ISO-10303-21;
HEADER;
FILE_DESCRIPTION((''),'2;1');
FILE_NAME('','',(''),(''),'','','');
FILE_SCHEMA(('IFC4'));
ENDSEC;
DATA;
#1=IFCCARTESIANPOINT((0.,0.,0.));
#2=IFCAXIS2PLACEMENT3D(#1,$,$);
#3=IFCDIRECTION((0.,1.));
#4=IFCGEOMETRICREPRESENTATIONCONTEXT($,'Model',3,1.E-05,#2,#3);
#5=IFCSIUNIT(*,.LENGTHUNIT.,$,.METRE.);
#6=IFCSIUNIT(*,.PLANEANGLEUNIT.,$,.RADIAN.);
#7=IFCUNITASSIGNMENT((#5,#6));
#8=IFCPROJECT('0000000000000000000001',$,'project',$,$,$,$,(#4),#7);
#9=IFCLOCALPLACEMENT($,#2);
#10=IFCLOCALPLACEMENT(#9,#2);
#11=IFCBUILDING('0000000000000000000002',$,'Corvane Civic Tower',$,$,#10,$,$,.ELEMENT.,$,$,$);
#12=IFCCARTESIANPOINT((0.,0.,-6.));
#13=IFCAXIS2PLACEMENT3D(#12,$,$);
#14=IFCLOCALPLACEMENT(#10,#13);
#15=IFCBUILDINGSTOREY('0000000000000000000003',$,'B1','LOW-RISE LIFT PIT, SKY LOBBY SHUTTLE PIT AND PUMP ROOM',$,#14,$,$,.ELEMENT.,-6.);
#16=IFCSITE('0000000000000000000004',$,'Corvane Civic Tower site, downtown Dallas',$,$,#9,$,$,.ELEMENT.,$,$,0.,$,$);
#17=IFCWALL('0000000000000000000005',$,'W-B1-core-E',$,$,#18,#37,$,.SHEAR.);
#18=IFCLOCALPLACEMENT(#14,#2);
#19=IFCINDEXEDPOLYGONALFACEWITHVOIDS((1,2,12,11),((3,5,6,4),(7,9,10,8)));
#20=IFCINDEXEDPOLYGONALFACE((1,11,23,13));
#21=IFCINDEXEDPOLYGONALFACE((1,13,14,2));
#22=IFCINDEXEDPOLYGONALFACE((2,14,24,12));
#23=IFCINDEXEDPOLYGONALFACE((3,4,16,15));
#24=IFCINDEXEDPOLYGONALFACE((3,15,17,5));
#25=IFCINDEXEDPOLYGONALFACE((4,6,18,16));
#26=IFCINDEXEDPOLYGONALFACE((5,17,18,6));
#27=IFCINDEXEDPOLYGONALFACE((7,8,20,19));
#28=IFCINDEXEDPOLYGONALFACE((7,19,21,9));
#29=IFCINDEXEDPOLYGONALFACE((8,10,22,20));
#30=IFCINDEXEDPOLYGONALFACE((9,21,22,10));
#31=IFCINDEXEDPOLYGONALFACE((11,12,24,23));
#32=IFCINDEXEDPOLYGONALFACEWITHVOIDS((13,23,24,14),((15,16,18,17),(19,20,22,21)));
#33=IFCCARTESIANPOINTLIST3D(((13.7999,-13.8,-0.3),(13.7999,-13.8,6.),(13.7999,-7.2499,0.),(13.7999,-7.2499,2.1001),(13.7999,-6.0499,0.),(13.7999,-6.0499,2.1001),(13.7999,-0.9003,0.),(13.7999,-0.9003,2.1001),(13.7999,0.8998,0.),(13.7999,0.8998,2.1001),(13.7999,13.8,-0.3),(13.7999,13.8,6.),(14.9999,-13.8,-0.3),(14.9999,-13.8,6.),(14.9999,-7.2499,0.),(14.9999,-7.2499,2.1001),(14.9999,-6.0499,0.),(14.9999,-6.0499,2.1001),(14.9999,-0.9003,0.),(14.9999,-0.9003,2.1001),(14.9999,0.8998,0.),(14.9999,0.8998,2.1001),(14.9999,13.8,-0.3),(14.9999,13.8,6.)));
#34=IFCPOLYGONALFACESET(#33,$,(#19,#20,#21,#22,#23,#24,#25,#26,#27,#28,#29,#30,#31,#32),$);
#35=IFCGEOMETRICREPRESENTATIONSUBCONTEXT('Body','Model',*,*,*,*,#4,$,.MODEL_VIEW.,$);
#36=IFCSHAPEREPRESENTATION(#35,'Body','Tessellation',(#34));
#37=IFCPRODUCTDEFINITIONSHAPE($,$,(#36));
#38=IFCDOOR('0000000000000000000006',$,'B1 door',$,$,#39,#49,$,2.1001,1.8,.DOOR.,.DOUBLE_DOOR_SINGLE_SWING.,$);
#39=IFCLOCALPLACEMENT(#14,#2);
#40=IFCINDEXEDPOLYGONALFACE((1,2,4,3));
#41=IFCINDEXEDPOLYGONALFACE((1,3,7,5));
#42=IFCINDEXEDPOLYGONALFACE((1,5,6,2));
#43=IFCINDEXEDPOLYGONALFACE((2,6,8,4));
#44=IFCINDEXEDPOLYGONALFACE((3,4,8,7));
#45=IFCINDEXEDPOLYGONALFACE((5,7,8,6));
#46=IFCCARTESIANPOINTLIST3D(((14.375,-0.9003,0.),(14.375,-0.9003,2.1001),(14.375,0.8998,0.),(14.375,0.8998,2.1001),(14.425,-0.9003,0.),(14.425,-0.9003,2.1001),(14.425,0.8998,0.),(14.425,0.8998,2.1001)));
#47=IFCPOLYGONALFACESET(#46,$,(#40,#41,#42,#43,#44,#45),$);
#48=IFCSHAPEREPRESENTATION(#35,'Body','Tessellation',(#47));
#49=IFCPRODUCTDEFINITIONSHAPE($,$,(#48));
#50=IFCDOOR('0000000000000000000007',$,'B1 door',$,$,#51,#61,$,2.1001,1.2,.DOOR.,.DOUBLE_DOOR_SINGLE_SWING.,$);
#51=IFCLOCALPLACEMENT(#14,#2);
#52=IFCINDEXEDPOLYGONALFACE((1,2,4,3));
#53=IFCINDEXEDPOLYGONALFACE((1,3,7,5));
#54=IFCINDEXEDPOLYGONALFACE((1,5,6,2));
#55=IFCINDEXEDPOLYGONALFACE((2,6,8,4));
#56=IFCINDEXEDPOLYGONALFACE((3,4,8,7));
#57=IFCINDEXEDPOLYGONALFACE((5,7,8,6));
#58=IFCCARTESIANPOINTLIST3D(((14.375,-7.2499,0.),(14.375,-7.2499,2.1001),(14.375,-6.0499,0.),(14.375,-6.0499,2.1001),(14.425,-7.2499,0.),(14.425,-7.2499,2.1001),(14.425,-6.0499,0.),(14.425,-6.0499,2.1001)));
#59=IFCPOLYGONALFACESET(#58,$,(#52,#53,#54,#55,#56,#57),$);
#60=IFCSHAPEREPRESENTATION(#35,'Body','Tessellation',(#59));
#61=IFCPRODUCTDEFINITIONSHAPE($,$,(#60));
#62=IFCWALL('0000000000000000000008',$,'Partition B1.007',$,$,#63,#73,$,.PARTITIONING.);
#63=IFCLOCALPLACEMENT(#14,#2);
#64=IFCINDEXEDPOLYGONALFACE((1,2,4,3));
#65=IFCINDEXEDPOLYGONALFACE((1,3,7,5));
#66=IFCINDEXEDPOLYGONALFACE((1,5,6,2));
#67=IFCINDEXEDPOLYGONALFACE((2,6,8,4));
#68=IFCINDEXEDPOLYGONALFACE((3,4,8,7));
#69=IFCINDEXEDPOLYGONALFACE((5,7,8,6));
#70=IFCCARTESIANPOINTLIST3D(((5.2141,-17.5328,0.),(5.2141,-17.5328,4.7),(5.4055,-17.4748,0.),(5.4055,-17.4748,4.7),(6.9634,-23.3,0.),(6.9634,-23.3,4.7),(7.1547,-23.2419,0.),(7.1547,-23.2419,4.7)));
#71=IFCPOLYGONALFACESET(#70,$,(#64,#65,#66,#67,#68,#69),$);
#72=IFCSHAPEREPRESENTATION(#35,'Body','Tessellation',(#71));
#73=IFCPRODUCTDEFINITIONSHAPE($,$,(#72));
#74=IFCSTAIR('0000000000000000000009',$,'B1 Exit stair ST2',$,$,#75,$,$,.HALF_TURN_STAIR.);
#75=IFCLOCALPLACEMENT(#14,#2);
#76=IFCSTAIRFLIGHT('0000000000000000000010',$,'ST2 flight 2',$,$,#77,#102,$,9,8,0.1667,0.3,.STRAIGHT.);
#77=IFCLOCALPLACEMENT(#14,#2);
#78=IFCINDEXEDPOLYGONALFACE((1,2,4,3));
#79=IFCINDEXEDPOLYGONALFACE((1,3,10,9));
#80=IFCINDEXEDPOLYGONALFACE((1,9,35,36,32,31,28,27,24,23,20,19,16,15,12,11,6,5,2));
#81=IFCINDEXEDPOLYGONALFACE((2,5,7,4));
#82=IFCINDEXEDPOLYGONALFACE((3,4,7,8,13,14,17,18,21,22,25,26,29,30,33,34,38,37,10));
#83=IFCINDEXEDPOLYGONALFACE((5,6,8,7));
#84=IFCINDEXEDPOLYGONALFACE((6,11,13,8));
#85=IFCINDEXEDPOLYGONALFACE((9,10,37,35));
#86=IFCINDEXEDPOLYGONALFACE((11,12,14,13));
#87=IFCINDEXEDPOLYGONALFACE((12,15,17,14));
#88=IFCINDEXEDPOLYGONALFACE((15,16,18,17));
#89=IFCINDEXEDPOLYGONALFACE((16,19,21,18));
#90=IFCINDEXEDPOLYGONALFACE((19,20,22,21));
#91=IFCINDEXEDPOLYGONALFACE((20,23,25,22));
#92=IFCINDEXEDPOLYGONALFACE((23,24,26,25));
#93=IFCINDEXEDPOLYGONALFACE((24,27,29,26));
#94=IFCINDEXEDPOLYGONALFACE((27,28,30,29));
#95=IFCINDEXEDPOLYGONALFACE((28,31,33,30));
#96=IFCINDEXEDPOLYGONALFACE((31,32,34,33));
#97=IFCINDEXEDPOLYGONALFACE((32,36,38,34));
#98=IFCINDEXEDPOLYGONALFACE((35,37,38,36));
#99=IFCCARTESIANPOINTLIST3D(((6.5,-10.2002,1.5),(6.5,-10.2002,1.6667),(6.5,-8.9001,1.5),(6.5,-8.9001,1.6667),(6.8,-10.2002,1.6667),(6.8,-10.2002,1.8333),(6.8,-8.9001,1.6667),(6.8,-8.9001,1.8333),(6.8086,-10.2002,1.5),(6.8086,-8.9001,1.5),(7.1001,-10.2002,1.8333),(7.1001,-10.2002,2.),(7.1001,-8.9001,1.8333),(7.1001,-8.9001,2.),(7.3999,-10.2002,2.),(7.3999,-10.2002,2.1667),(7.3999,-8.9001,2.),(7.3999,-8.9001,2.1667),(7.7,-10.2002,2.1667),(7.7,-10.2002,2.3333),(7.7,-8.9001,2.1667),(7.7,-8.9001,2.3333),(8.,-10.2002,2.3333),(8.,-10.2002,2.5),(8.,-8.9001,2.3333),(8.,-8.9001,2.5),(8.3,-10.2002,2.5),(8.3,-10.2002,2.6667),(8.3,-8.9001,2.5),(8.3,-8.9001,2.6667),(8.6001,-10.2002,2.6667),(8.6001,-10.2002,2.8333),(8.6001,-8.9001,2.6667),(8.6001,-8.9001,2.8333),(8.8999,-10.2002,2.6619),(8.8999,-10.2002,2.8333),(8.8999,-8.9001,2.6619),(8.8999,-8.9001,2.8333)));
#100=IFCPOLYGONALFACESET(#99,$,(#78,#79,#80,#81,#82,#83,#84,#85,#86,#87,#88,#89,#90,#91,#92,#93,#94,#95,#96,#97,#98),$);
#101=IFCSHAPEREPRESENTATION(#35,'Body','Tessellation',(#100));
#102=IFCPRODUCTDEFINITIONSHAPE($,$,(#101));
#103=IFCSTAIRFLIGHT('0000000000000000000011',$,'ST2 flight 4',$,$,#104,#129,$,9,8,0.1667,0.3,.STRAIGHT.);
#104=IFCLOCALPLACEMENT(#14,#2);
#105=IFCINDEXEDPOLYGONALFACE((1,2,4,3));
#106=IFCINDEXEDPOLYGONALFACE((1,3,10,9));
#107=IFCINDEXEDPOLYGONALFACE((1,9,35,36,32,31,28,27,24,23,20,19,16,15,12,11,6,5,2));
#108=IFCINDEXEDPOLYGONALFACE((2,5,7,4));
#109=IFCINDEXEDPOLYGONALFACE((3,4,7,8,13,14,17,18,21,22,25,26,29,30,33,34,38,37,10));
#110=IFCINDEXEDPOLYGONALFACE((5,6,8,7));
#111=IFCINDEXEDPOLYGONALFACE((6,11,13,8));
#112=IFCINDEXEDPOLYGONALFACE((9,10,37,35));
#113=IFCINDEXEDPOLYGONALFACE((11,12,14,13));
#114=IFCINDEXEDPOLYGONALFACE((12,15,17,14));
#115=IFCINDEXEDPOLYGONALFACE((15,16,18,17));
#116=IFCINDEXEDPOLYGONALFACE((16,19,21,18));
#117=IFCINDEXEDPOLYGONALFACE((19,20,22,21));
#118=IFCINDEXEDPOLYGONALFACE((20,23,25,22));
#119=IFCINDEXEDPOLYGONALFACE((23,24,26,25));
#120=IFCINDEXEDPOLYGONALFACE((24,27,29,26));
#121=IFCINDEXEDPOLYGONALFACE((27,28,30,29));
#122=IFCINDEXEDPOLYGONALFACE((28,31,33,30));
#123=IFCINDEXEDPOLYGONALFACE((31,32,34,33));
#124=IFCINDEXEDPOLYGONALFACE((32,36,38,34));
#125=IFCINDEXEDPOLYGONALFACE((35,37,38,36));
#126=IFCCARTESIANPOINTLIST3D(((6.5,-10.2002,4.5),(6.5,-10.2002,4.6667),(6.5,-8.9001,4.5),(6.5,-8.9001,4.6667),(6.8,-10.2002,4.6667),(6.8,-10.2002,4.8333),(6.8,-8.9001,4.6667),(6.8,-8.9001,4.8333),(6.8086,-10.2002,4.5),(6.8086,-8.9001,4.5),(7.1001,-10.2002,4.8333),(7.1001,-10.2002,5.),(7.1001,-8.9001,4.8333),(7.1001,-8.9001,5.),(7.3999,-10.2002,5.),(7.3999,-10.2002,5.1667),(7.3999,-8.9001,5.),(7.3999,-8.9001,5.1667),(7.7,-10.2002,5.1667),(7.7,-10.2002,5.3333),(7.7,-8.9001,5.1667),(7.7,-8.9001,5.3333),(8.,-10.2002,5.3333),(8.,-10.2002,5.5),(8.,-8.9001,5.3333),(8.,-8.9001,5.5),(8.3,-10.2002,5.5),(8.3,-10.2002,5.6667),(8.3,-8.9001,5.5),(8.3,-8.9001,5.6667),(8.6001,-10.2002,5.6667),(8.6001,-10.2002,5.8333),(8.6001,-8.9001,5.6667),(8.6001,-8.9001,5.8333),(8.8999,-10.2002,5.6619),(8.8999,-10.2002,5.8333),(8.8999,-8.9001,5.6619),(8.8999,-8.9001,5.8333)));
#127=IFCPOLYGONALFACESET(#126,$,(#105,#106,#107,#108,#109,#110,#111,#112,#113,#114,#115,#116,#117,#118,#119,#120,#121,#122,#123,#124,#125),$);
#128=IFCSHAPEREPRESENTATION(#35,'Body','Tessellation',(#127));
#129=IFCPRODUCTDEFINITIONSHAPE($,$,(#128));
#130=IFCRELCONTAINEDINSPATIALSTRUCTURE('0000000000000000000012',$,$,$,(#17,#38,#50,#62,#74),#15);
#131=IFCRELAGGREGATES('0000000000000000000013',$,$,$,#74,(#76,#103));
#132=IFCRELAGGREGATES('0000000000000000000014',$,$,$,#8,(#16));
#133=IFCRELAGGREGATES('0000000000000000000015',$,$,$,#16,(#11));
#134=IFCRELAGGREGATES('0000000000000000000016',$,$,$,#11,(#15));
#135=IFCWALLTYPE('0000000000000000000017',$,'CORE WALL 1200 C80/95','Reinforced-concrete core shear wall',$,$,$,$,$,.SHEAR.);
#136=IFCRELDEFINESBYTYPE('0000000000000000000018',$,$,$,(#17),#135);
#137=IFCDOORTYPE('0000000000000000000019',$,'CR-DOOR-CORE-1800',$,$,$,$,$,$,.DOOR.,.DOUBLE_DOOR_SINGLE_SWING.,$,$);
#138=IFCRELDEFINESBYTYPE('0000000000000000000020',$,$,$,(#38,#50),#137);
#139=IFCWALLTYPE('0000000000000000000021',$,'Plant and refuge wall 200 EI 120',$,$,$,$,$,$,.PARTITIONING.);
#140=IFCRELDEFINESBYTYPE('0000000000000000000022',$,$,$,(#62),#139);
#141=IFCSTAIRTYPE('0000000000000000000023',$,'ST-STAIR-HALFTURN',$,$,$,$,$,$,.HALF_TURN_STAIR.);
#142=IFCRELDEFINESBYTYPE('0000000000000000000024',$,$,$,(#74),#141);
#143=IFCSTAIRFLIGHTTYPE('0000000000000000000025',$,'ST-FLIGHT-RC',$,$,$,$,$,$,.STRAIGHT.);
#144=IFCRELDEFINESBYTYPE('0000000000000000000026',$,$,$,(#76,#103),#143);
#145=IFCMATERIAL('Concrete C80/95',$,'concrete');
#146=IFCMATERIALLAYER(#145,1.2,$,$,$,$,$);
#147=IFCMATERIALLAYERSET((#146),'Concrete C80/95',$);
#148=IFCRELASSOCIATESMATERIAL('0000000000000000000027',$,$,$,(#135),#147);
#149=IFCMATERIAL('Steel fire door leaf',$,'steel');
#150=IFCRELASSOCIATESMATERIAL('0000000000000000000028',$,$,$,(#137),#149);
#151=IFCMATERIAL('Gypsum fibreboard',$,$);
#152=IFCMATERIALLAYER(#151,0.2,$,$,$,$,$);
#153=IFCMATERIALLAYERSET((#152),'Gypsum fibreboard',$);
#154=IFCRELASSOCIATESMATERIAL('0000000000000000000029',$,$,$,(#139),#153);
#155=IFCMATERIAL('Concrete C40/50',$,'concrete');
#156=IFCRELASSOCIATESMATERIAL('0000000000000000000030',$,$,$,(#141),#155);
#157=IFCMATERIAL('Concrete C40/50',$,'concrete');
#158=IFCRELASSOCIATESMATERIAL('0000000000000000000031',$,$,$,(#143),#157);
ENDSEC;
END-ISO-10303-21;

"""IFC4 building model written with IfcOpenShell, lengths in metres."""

from ifc_helpers import new_model, si_unit, direction, frame, frame_2d, origin, place, context, subcontext, project, spatial, polyline, rectangle, outline, extrude, material, layer, layer_set, type_object, element, fill, aggregate, save


model = new_model("IFC4")

# Units and contexts
model_context = context("Model", 3, precision=1e-05, world=origin(), true_north=direction((0.0, 1.0)))
body_context = subcontext(model_context, "Body", "Model", "MODEL_VIEW")
ifc_project = project(units=[si_unit("LENGTHUNIT", "METRE"), si_unit("PLANEANGLEUNIT", "RADIAN")], contexts=[model_context])

# Site, building, storey
site_placement = place(None, origin())
site = spatial("IfcSite", under=ifc_project, at=site_placement, Name="Corvane Civic Tower site, downtown Dallas", CompositionType="ELEMENT", RefElevation=0.0)
building_placement = place(site_placement, origin())
building = spatial("IfcBuilding", under=site, at=building_placement, Name="Corvane Civic Tower", CompositionType="ELEMENT")
storey_placement = place(building_placement, frame((0.0, 0.0, -6.0)))
storey = spatial("IfcBuildingStorey", under=building, at=storey_placement, Name="B1", Description="LOW-RISE LIFT PIT, SKY LOBBY SHUTTLE PIT AND PUMP ROOM", CompositionType="ELEMENT", Elevation=-6.0)

# Wall, openings, doors
ifc_material_1 = material(Name="Concrete C80/95", Category="concrete")
ifc_layer_1 = layer(ifc_material_1, 1.2)
ifc_layer_set_1 = layer_set([ifc_layer_1], Name="Concrete C80/95")
wall_type_1 = type_object("IfcWallType", Name="CORE WALL 1200 C80/95", Description="Reinforced-concrete core shear wall", PredefinedType="SHEAR", material=ifc_layer_set_1)
wall_1_placement = place(storey_placement, frame((14.3999, -13.8, -0.3), z_axis=(0.0, 0.0, 1.0), x_axis=(0.0, 1.0, 0.0)))
wall_1 = element("IfcWall", 1, at=wall_1_placement, inside=storey, type_object=wall_type_1, Name="W-B1-core-E", PredefinedType="SHEAR", context=body_context, shape_type="SweptSolid", body=[
    extrude(rectangle(XDim=27.6001, YDim=1.2, at=frame_2d((13.8, 0.0))), origin(), (0.0, 0.0, 1.0), 6.3),
])
opening_1_placement = place(wall_1_placement, frame((12.8999, 0.0, 0.3)))
opening_1 = element("IfcOpeningElement", 2, at=opening_1_placement, cuts=wall_1, PredefinedType="OPENING", context=body_context, shape_type="SweptSolid", body=[
    extrude(rectangle(XDim=1.8, YDim=2.1001, at=frame_2d((0.8999, 1.05))), frame((0.0, 0.6099, 0.0), z_axis=(0.0, -1.0, 0.0), x_axis=(1.0, 0.0, 0.0)), (0.0, 0.0, 1.0), 1.22),
])
opening_2_placement = place(wall_1_placement, frame((6.55, 0.0, 0.3)))
opening_2 = element("IfcOpeningElement", 3, at=opening_2_placement, cuts=wall_1, PredefinedType="OPENING", context=body_context, shape_type="SweptSolid", body=[
    extrude(rectangle(XDim=1.2, YDim=2.1001, at=frame_2d((0.6001, 1.05))), frame((0.0, 0.6099, 0.0), z_axis=(0.0, -1.0, 0.0), x_axis=(1.0, 0.0, 0.0)), (0.0, 0.0, 1.0), 1.22),
])
ifc_material_2 = material(Name="Steel fire door leaf", Category="steel")
door_type = type_object("IfcDoorType", Name="CR-DOOR-CORE-1800", OperationType="DOUBLE_DOOR_SINGLE_SWING", PredefinedType="DOOR", material=ifc_material_2)
door_1_placement = place(opening_1_placement, origin())
door_1 = element("IfcDoor", 4, at=door_1_placement, inside=storey, type_object=door_type, Name="B1 door", OperationType="DOUBLE_DOOR_SINGLE_SWING", OverallHeight=2.1001, OverallWidth=1.8, PredefinedType="DOOR", context=body_context, shape_type="SweptSolid", body=[
    extrude(rectangle(XDim=1.8, YDim=2.1001, at=frame_2d((0.8999, 1.05))), frame((0.0, 0.0249, 0.0), z_axis=(0.0, -1.0, 0.0), x_axis=(1.0, 0.0, 0.0)), (0.0, 0.0, 1.0), 0.05),
])
fill(opening_1, door_1)
door_2_placement = place(opening_2_placement, origin())
door_2 = element("IfcDoor", 5, at=door_2_placement, inside=storey, type_object=door_type, Name="B1 door", OperationType="DOUBLE_DOOR_SINGLE_SWING", OverallHeight=2.1001, OverallWidth=1.2, PredefinedType="DOOR", context=body_context, shape_type="SweptSolid", body=[
    extrude(rectangle(XDim=1.2, YDim=2.1001, at=frame_2d((0.6001, 1.05))), frame((0.0, 0.0249, 0.0), z_axis=(0.0, -1.0, 0.0), x_axis=(1.0, 0.0, 0.0)), (0.0, 0.0, 1.0), 0.05),
])
fill(opening_2, door_2)

# Wall
ifc_material_3 = material(Name="Gypsum fibreboard")
ifc_layer_2 = layer(ifc_material_3, 0.2)
ifc_layer_set_2 = layer_set([ifc_layer_2], Name="Gypsum fibreboard")
wall_type_2 = type_object("IfcWallType", Name="Plant and refuge wall 200 EI 120", PredefinedType="PARTITIONING", material=ifc_layer_set_2)
wall_2_placement = place(storey_placement, frame((5.3098, -17.5039, 0.0), z_axis=(0.0, 0.0, 1.0), x_axis=(0.29026, -0.956948, 0.0)))
element("IfcWall", 6, at=wall_2_placement, inside=storey, type_object=wall_type_2, Name="Partition B1.007", PredefinedType="PARTITIONING", context=body_context, shape_type="SweptSolid", body=[
    extrude(rectangle(XDim=6.0266, YDim=0.2, at=frame_2d((3.0132, 0.0))), origin(), (0.0, 0.0, 1.0), 4.7),
])

# Stair, stair flights
ifc_material_4 = material(Name="Concrete C40/50", Category="concrete")
stair_type = type_object("IfcStairType", Name="ST-STAIR-HALFTURN", PredefinedType="HALF_TURN_STAIR", material=ifc_material_4)
stair_placement = place(storey_placement, origin())
stair = element("IfcStair", 7, at=stair_placement, inside=storey, type_object=stair_type, Name="B1 Exit stair ST2", PredefinedType="HALF_TURN_STAIR")
ifc_material_5 = material(Name="Concrete C40/50", Category="concrete")
stair_flight_type = type_object("IfcStairFlightType", Name="ST-FLIGHT-RC", PredefinedType="STRAIGHT", material=ifc_material_5)
stair_flight_1_placement = place(storey_placement, frame((6.5, -9.55, 1.5), z_axis=(0.0, 0.0, 1.0), x_axis=(1.0, 0.0, 0.0)))
stair_flight_1 = element("IfcStairFlight", 8, at=stair_flight_1_placement, type_object=stair_flight_type, Name="ST2 flight 2", NumberOfRisers=9, NumberOfTreads=8, PredefinedType="STRAIGHT", RiserHeight=0.1667, TreadLength=0.3, context=body_context, shape_type="SweptSolid", body=[
    extrude(outline(polyline([(0.0, 0.0), (0.0, 0.1667), (0.3, 0.1667), (0.3, 0.3333), (0.6001, 0.3333), (0.6001, 0.5), (0.8999, 0.5), (0.8999, 0.6667), (1.2, 0.6667), (1.2, 0.8333), (1.5, 0.8333), (1.5, 1.0), (1.8, 1.0), (1.8, 1.1667), (2.1001, 1.1667), (2.1001, 1.3333), (2.3999, 1.3333), (2.3999, 1.5), (2.3999, 1.1619), (0.3086, 0.0), (0.0, 0.0)])), frame((0.0, 0.6499, 0.0), z_axis=(0.0, -1.0, 0.0), x_axis=(1.0, 0.0, 0.0)), (0.0, 0.0, 1.0), 1.3),
])
stair_flight_2_placement = place(storey_placement, frame((6.5, -9.55, 4.5), z_axis=(0.0, 0.0, 1.0), x_axis=(1.0, 0.0, 0.0)))
stair_flight_2 = element("IfcStairFlight", 9, at=stair_flight_2_placement, type_object=stair_flight_type, Name="ST2 flight 4", NumberOfRisers=9, NumberOfTreads=8, PredefinedType="STRAIGHT", RiserHeight=0.1667, TreadLength=0.3, context=body_context, shape_type="SweptSolid", body=[
    extrude(outline(polyline([(0.0, 0.0), (0.0, 0.1667), (0.3, 0.1667), (0.3, 0.3333), (0.6001, 0.3333), (0.6001, 0.5), (0.8999, 0.5), (0.8999, 0.6667), (1.2, 0.6667), (1.2, 0.8333), (1.5, 0.8333), (1.5, 1.0), (1.8, 1.0), (1.8, 1.1667), (2.1001, 1.1667), (2.1001, 1.3333), (2.3999, 1.3333), (2.3999, 1.5), (2.3999, 1.1619), (0.3086, 0.0), (0.0, 0.0)])), frame((0.0, 0.6499, 0.0), z_axis=(0.0, -1.0, 0.0), x_axis=(1.0, 0.0, 0.0)), (0.0, 0.0, 1.0), 1.3),
])
aggregate(stair, [stair_flight_1, stair_flight_2])

save(model, "model.ifc")
